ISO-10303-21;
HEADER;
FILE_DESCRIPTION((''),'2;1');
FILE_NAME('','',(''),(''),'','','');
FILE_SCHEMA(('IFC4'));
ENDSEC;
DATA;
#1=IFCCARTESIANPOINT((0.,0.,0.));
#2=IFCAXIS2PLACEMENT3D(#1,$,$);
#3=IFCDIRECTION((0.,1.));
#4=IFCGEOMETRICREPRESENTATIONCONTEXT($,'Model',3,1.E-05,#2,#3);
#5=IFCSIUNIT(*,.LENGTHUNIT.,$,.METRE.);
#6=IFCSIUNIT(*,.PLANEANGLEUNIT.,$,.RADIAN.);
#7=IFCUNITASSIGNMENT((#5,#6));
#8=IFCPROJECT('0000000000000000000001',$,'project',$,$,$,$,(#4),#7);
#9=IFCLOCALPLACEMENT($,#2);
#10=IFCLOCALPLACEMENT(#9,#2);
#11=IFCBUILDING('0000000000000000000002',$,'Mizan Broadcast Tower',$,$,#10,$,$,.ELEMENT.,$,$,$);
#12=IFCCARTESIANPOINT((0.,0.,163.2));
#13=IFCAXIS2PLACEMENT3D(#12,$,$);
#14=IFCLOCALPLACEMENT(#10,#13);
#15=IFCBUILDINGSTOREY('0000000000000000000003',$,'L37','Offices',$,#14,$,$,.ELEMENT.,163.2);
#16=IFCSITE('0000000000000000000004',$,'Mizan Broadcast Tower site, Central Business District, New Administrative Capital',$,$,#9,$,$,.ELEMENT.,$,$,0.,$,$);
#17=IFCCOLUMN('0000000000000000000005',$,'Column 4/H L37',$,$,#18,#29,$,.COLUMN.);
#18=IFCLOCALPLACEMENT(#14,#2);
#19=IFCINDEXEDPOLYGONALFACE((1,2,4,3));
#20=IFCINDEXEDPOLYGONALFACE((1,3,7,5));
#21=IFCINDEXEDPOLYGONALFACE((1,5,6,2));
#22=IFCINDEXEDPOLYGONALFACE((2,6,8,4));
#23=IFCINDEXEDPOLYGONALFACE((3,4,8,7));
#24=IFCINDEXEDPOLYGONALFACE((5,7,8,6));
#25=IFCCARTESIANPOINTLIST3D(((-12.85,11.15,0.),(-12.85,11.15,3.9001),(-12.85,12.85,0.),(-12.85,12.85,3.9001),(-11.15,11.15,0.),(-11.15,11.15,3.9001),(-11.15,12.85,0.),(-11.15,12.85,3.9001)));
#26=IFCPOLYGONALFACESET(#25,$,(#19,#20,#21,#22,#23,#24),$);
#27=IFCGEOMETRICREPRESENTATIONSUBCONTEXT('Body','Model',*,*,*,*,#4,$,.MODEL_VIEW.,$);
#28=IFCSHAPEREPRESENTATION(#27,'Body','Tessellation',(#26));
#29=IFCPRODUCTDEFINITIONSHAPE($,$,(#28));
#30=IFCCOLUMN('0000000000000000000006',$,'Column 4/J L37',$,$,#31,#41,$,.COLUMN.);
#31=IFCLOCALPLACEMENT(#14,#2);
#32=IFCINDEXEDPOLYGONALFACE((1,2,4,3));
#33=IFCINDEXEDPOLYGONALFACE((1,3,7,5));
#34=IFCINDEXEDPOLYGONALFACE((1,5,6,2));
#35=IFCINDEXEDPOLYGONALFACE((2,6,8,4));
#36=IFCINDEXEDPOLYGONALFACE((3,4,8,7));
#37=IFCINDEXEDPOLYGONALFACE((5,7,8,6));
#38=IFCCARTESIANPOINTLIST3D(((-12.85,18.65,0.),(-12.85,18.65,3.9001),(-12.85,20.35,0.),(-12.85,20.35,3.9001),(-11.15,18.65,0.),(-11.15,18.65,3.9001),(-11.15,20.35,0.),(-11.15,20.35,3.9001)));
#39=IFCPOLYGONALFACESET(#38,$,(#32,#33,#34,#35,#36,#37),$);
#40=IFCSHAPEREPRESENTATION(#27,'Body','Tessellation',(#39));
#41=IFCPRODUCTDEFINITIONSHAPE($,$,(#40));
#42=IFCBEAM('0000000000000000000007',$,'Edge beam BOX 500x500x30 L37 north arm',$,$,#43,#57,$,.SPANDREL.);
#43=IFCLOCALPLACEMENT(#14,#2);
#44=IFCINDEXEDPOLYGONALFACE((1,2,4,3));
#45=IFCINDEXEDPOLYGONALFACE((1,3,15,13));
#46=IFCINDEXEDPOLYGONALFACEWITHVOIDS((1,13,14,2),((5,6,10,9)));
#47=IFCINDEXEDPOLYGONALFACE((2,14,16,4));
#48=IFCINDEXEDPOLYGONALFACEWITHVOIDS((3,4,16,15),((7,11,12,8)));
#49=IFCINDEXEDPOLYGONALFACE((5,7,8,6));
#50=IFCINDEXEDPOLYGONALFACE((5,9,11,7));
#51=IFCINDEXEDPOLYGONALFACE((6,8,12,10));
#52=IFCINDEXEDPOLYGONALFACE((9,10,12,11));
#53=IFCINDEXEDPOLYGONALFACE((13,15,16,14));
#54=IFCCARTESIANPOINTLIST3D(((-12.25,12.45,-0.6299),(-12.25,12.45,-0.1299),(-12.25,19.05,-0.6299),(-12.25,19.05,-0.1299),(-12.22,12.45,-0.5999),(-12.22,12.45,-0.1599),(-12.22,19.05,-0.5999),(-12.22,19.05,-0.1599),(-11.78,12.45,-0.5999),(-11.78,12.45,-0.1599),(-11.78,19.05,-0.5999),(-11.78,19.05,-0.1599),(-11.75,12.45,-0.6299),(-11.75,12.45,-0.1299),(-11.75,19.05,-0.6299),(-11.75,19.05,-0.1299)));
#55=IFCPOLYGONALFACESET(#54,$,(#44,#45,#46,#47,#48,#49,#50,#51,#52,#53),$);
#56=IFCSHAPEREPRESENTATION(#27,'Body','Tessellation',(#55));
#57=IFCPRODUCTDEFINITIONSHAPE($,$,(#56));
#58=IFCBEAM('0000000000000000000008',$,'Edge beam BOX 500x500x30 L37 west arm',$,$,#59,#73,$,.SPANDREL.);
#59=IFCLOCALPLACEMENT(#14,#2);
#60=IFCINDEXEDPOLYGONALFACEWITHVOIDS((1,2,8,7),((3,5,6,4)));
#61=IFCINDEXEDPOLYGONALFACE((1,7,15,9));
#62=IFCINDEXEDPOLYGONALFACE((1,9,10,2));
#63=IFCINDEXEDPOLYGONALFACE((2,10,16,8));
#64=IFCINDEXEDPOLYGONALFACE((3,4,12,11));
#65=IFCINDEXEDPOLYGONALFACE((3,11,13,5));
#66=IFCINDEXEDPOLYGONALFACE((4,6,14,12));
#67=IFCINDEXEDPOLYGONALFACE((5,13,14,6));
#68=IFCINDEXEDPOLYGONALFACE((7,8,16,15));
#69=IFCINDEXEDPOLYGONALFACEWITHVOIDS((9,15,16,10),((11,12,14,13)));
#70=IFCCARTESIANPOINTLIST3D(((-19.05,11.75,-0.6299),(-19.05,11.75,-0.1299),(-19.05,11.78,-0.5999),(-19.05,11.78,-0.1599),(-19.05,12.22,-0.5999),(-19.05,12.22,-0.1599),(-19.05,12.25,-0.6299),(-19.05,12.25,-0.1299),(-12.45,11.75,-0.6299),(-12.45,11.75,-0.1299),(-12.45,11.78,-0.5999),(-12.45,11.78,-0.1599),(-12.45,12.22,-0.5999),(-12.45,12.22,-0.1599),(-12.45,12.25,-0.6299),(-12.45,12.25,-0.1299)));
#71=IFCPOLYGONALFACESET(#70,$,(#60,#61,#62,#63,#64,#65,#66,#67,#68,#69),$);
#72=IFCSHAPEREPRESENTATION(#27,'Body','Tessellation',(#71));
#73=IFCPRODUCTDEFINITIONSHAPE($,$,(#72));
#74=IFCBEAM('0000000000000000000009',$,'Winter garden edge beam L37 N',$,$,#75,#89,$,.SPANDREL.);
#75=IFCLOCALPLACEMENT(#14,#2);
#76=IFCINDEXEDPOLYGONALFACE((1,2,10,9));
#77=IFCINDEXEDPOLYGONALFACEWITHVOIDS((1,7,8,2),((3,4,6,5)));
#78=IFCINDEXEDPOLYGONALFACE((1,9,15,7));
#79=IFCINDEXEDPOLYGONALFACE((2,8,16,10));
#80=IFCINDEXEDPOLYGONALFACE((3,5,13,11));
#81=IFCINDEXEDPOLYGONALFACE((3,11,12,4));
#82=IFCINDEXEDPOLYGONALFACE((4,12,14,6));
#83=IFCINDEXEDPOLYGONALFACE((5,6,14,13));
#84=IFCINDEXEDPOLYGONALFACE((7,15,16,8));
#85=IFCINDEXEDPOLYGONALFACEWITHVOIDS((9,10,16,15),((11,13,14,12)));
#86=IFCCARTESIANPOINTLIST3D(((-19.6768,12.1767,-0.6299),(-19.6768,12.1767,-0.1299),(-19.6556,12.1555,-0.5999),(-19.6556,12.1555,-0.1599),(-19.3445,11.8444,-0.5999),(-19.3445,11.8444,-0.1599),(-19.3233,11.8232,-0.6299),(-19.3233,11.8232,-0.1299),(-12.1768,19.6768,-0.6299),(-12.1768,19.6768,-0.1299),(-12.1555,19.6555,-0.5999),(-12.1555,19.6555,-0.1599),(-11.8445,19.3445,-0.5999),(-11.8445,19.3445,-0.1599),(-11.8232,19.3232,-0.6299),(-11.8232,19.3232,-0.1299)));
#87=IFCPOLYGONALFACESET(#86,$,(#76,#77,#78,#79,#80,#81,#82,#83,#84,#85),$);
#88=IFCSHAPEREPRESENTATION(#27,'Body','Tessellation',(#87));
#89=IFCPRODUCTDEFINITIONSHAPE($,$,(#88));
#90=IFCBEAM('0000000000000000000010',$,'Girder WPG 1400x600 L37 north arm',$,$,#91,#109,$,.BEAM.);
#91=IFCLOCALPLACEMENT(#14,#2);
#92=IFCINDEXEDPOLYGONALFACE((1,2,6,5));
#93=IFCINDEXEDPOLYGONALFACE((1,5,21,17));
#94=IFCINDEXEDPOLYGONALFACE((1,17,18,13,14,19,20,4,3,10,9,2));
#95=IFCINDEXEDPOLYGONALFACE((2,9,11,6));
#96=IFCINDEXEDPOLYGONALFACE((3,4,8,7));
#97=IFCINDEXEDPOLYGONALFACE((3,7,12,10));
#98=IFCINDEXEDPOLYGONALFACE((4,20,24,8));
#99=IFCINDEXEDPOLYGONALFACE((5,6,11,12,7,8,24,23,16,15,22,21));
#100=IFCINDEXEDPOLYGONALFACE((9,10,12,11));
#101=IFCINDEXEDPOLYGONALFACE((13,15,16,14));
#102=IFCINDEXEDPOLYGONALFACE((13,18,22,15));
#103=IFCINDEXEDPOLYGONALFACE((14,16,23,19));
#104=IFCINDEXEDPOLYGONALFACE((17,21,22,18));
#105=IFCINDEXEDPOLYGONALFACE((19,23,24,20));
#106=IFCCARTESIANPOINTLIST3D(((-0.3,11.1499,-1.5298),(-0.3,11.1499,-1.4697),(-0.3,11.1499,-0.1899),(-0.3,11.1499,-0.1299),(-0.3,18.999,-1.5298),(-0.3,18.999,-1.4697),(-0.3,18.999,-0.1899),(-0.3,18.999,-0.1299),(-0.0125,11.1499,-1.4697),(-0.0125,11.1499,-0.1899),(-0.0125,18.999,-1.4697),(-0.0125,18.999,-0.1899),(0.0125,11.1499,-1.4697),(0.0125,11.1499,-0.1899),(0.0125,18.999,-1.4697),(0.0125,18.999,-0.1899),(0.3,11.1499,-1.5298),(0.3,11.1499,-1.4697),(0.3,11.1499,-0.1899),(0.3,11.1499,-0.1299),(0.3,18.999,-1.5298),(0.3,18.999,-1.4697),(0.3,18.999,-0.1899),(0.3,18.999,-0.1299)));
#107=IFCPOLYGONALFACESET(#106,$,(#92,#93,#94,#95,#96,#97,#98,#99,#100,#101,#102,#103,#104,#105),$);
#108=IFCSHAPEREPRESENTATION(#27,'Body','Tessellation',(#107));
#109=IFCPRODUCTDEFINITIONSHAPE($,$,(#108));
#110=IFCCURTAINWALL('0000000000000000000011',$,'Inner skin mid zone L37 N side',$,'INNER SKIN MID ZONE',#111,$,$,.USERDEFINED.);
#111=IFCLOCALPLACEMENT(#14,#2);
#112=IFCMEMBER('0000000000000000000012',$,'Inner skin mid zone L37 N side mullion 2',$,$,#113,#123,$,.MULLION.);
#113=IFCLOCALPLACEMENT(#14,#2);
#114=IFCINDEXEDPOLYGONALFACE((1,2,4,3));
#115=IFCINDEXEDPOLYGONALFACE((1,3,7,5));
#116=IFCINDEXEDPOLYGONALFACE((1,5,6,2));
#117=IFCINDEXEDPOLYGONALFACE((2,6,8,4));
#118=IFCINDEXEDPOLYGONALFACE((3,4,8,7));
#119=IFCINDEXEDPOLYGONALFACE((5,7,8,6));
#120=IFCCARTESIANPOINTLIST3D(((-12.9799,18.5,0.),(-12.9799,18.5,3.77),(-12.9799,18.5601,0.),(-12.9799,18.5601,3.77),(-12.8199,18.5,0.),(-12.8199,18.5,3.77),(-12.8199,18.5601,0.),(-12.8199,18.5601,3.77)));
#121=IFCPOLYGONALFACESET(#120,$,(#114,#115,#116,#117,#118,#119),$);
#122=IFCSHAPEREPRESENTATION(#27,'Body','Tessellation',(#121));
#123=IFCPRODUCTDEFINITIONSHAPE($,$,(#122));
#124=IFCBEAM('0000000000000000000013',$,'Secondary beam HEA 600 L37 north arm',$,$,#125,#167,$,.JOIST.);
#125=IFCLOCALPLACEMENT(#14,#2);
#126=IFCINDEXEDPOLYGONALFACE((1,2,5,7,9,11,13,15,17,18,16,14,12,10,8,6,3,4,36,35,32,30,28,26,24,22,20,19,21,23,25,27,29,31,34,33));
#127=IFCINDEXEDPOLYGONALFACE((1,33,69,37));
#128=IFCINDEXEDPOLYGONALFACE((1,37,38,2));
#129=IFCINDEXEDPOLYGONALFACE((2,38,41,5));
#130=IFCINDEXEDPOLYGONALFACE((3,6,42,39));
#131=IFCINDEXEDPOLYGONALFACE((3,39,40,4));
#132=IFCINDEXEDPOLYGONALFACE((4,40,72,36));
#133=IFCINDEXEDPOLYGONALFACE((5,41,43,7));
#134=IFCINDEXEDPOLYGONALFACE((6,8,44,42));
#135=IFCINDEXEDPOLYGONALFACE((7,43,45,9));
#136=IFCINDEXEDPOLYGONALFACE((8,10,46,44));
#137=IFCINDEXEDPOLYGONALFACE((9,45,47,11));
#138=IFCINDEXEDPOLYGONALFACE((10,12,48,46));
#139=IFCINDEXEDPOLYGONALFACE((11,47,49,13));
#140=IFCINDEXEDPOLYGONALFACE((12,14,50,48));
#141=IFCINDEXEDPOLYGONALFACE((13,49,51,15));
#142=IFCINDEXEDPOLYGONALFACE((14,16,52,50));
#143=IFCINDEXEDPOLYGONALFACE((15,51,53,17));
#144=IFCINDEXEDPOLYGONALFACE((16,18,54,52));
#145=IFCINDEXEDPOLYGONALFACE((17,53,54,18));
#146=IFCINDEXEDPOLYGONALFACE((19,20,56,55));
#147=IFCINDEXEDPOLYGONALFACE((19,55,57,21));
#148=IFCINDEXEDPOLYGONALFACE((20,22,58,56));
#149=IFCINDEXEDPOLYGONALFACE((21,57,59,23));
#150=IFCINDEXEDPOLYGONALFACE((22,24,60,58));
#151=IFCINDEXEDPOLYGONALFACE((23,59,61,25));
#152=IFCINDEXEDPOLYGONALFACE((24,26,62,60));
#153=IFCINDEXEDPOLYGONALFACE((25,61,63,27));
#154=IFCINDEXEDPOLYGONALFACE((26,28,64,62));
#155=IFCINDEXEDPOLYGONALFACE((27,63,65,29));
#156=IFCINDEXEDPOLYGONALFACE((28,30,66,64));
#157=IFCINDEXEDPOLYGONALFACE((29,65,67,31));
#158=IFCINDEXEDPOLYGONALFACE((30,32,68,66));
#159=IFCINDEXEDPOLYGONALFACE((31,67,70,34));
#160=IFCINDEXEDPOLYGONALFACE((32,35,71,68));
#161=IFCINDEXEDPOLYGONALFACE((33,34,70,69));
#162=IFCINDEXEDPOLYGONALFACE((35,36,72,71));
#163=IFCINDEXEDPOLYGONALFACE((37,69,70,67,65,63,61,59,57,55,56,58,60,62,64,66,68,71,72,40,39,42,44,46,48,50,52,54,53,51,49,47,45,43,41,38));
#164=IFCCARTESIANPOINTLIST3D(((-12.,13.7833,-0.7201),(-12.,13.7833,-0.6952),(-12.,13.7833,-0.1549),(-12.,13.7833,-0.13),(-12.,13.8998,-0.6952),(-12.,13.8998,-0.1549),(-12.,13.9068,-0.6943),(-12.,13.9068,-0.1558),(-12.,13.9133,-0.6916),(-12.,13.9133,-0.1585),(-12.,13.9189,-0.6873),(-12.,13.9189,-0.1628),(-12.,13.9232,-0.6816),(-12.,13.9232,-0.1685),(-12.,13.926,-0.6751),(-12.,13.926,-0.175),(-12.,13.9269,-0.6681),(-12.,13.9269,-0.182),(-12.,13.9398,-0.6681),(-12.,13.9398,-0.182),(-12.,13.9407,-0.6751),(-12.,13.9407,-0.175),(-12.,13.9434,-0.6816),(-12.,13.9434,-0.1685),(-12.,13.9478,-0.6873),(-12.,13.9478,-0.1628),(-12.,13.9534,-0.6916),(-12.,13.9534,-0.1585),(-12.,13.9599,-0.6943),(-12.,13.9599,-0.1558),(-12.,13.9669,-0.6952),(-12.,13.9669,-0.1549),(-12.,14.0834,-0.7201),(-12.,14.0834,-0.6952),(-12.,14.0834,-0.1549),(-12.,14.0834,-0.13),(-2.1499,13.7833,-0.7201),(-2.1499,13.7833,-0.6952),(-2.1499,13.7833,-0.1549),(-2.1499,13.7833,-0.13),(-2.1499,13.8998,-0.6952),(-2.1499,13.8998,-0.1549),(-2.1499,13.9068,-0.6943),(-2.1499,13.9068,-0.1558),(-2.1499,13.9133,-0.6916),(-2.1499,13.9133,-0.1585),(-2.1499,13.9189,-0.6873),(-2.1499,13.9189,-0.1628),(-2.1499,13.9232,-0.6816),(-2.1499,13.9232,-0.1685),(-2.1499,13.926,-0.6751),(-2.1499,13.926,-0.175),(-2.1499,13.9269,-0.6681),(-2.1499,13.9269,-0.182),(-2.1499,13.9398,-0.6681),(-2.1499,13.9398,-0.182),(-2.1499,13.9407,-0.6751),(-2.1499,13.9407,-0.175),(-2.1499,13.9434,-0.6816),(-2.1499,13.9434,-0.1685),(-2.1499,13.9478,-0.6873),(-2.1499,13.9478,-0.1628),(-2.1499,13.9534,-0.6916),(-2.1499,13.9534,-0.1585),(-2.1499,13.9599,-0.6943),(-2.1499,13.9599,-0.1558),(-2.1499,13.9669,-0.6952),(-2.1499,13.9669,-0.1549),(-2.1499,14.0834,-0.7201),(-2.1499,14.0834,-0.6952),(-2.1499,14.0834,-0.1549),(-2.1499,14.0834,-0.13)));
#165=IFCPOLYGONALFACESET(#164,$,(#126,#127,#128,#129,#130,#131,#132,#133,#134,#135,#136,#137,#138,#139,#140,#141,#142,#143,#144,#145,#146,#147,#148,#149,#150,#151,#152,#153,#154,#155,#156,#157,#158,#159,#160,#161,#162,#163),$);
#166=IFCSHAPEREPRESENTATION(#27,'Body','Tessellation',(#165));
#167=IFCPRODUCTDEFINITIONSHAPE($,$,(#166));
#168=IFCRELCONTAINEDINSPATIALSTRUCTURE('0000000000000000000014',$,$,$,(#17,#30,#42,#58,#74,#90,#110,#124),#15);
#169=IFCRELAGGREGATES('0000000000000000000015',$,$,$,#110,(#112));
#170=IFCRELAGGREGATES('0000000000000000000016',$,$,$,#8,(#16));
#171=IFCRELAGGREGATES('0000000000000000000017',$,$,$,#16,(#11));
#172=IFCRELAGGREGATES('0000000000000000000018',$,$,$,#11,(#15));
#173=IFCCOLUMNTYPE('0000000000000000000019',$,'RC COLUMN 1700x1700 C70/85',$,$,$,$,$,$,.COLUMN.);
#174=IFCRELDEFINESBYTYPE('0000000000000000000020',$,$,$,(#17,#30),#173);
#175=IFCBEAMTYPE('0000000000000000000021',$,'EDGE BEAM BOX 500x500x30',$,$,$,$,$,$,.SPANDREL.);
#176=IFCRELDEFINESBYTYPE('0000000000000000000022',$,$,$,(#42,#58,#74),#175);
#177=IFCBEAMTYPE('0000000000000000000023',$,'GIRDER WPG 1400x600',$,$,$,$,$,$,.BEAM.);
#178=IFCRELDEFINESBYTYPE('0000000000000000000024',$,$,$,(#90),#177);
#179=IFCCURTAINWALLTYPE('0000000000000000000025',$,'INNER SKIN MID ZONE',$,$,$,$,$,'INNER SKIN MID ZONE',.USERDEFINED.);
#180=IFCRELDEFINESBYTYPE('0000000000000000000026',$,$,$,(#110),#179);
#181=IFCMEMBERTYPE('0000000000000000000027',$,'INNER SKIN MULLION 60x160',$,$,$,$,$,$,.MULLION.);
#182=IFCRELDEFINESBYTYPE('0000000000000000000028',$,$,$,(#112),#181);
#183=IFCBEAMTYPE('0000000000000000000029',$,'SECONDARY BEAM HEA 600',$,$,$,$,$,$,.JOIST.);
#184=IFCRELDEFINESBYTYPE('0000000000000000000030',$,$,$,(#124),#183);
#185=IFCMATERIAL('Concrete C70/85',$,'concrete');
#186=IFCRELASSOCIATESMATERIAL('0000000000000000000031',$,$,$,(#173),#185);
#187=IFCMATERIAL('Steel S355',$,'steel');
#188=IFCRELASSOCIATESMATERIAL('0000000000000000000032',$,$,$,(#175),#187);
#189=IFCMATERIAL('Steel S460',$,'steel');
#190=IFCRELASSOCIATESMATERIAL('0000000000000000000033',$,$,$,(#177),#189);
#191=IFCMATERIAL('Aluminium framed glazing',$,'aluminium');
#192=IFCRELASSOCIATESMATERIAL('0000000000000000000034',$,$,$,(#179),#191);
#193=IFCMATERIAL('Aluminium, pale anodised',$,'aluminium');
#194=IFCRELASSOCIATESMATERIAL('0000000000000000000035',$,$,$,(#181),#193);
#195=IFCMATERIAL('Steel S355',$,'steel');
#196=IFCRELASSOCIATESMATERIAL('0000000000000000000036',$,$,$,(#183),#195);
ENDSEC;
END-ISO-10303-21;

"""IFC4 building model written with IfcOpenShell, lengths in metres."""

from ifc_helpers import new_model, si_unit, direction, frame, origin, origin_2d, place, context, subcontext, project, spatial, rectangle, hollow_rectangle, i_section, extrude, material, material_profile, profile_set, type_object, element, aggregate, save


model = new_model("IFC4")

# Units and contexts
model_context = context("Model", 3, precision=1e-05, world=origin(), true_north=direction((0.0, 1.0)))
body_context = subcontext(model_context, "Body", "Model", "MODEL_VIEW")
ifc_project = project(units=[si_unit("LENGTHUNIT", "METRE"), si_unit("PLANEANGLEUNIT", "RADIAN")], contexts=[model_context])

# Site, building, storey
site_placement = place(None, origin())
site = spatial("IfcSite", under=ifc_project, at=site_placement, Name="Mizan Broadcast Tower site, Central Business District, New Administrative Capital", CompositionType="ELEMENT", RefElevation=0.0)
building_placement = place(site_placement, origin())
building = spatial("IfcBuilding", under=site, at=building_placement, Name="Mizan Broadcast Tower", CompositionType="ELEMENT")
storey_placement = place(building_placement, frame((0.0, 0.0, 163.2)))
storey = spatial("IfcBuildingStorey", under=building, at=storey_placement, Name="L37", Description="Offices", CompositionType="ELEMENT", Elevation=163.2)

# Columns
ifc_material_1 = material(Name="Concrete C70/85", Category="concrete")
ifc_material_profile_1 = material_profile(ifc_material_1, rectangle(XDim=1.7, YDim=1.7, at=origin_2d()), Name="RC 1700x1700")
ifc_profile_set_1 = profile_set([ifc_material_profile_1], Name="Concrete C70/85")
column_type = type_object("IfcColumnType", Name="RC COLUMN 1700x1700 C70/85", PredefinedType="COLUMN", material=ifc_profile_set_1)
for number, where, z_axis, x_axis, name in (
    (1, (-12.0, 12.0, 0.0), (0.0, 0.0, 1.0), (1.0, 0.0, 0.0), "Column 4/H L37"),
    (2, (-12.0, 19.5, 0.0), (0.0, 0.0, 1.0), (1.0, 0.0, 0.0), "Column 4/J L37"),
):
    element("IfcColumn", number, at=place(storey_placement, frame(where, z_axis=z_axis, x_axis=x_axis)), inside=storey, type_object=column_type, Name=name, PredefinedType="COLUMN", context=body_context, shape_type="SweptSolid", body=[
        extrude(rectangle(XDim=1.7, YDim=1.7, at=origin_2d()), origin(), (0.0, 0.0, 1.0), 3.9001),
    ])

# Beams
ifc_material_2 = material(Name="Steel S355", Category="steel")
ifc_material_profile_2 = material_profile(ifc_material_2, hollow_rectangle(XDim=0.5, YDim=0.5, WallThickness=0.03, at=origin_2d()), Name="BOX 500x500x30")
ifc_profile_set_2 = profile_set([ifc_material_profile_2], Name="Steel S355")
beam_type_1 = type_object("IfcBeamType", Name="EDGE BEAM BOX 500x500x30", PredefinedType="SPANDREL", material=ifc_profile_set_2)
for number, where, z_axis, x_axis, name in (
    (3, (-12.0, 12.45, -0.3799), (0.0, 1.0, 0.0), (-1.0, 0.0, 0.0), "Edge beam BOX 500x500x30 L37 north arm"),
    (4, (-12.45, 12.0, -0.3799), (-1.0, 0.0, 0.0), (0.0, -1.0, 0.0), "Edge beam BOX 500x500x30 L37 west arm"),
):
    element("IfcBeam", number, at=place(storey_placement, frame(where, z_axis=z_axis, x_axis=x_axis)), inside=storey, type_object=beam_type_1, Name=name, PredefinedType="SPANDREL", context=body_context, shape_type="SweptSolid", body=[
        extrude(hollow_rectangle(XDim=0.5, YDim=0.5, WallThickness=0.03, at=origin_2d()), origin(), (0.0, 0.0, 1.0), 6.6001),
    ])
beam_1_placement = place(storey_placement, frame((-12.0, 19.5, -0.3799), z_axis=(-0.707107, -0.707107, 0.0), x_axis=(0.707107, -0.707107, 0.0)))
element("IfcBeam", 5, at=beam_1_placement, inside=storey, type_object=beam_type_1, Name="Winter garden edge beam L37 N", PredefinedType="SPANDREL", context=body_context, shape_type="SweptSolid", body=[
    extrude(hollow_rectangle(XDim=0.5, YDim=0.5, WallThickness=0.03, at=origin_2d()), origin(), (0.0, 0.0, 1.0), 10.6067),
])
ifc_material_3 = material(Name="Steel S460", Category="steel")
ifc_material_profile_3 = material_profile(ifc_material_3, i_section(OverallWidth=0.6001, OverallDepth=1.3999, WebThickness=0.0249, FlangeThickness=0.0601, at=origin_2d()), Name="WPG 1400x600")
ifc_profile_set_3 = profile_set([ifc_material_profile_3], Name="Steel S460")
beam_type_2 = type_object("IfcBeamType", Name="GIRDER WPG 1400x600", PredefinedType="BEAM", material=ifc_profile_set_3)
beam_2_placement = place(storey_placement, frame((0.0, 11.1499, -0.8298), z_axis=(0.0, 1.0, 0.0), x_axis=(-1.0, 0.0, 0.0)))
element("IfcBeam", 6, at=beam_2_placement, inside=storey, type_object=beam_type_2, Name="Girder WPG 1400x600 L37 north arm", PredefinedType="BEAM", context=body_context, shape_type="SweptSolid", body=[
    extrude(i_section(OverallWidth=0.6001, OverallDepth=1.3999, WebThickness=0.0249, FlangeThickness=0.0601, at=origin_2d()), origin(), (0.0, 0.0, 1.0), 7.8491),
])

# Curtain wall, member
ifc_material_4 = material(Name="Aluminium framed glazing", Category="aluminium")
curtain_wall_type = type_object("IfcCurtainWallType", Name="INNER SKIN MID ZONE", ElementType="INNER SKIN MID ZONE", PredefinedType="USERDEFINED", material=ifc_material_4)
curtain_wall_placement = place(storey_placement, origin())
curtain_wall = element("IfcCurtainWall", 7, at=curtain_wall_placement, inside=storey, type_object=curtain_wall_type, Name="Inner skin mid zone L37 N side", ObjectType="INNER SKIN MID ZONE", PredefinedType="USERDEFINED")
ifc_material_5 = material(Name="Aluminium, pale anodised", Category="aluminium")
ifc_material_profile_4 = material_profile(ifc_material_5, rectangle(XDim=0.1599, YDim=0.0601, at=origin_2d()), Name="MULLION 160x60")
ifc_profile_set_4 = profile_set([ifc_material_profile_4], Name="Aluminium, pale anodised")
member_type = type_object("IfcMemberType", Name="INNER SKIN MULLION 60x160", PredefinedType="MULLION", material=ifc_profile_set_4)
member_placement = place(storey_placement, frame((-12.8999, 18.53, 0.0), z_axis=(0.0, 0.0, 1.0), x_axis=(1.0, 0.0, 0.0)))
member = element("IfcMember", 8, at=member_placement, type_object=member_type, Name="Inner skin mid zone L37 N side mullion 2", PredefinedType="MULLION", context=body_context, shape_type="SweptSolid", body=[
    extrude(rectangle(XDim=0.1599, YDim=0.0601, at=origin_2d()), origin(), (0.0, 0.0, 1.0), 3.77),
])
aggregate(curtain_wall, [member])

# Beam
ifc_material_6 = material(Name="Steel S355", Category="steel")
ifc_material_profile_5 = material_profile(ifc_material_6, i_section(OverallWidth=0.3, OverallDepth=0.5901, WebThickness=0.0129, FlangeThickness=0.0249, FilletRadius=0.0271, at=origin_2d()), Name="HEA 600")
ifc_profile_set_5 = profile_set([ifc_material_profile_5], Name="Steel S355")
beam_type_3 = type_object("IfcBeamType", Name="SECONDARY BEAM HEA 600", PredefinedType="JOIST", material=ifc_profile_set_5)
for number, where, z_axis, x_axis, name in (
    (9, (-12.0, 13.9333, -0.425), (1.0, 0.0, 0.0), (0.0, 1.0, 0.0), "Secondary beam HEA 600 L37 north arm"),
):
    element("IfcBeam", number, at=place(storey_placement, frame(where, z_axis=z_axis, x_axis=x_axis)), inside=storey, type_object=beam_type_3, Name=name, PredefinedType="JOIST", context=body_context, shape_type="SweptSolid", body=[
        extrude(i_section(OverallWidth=0.3, OverallDepth=0.5901, WebThickness=0.0129, FlangeThickness=0.0249, FilletRadius=0.0271, at=origin_2d()), origin(), (0.0, 0.0, 1.0), 9.8501),
    ])

save(model, "model.ifc")
